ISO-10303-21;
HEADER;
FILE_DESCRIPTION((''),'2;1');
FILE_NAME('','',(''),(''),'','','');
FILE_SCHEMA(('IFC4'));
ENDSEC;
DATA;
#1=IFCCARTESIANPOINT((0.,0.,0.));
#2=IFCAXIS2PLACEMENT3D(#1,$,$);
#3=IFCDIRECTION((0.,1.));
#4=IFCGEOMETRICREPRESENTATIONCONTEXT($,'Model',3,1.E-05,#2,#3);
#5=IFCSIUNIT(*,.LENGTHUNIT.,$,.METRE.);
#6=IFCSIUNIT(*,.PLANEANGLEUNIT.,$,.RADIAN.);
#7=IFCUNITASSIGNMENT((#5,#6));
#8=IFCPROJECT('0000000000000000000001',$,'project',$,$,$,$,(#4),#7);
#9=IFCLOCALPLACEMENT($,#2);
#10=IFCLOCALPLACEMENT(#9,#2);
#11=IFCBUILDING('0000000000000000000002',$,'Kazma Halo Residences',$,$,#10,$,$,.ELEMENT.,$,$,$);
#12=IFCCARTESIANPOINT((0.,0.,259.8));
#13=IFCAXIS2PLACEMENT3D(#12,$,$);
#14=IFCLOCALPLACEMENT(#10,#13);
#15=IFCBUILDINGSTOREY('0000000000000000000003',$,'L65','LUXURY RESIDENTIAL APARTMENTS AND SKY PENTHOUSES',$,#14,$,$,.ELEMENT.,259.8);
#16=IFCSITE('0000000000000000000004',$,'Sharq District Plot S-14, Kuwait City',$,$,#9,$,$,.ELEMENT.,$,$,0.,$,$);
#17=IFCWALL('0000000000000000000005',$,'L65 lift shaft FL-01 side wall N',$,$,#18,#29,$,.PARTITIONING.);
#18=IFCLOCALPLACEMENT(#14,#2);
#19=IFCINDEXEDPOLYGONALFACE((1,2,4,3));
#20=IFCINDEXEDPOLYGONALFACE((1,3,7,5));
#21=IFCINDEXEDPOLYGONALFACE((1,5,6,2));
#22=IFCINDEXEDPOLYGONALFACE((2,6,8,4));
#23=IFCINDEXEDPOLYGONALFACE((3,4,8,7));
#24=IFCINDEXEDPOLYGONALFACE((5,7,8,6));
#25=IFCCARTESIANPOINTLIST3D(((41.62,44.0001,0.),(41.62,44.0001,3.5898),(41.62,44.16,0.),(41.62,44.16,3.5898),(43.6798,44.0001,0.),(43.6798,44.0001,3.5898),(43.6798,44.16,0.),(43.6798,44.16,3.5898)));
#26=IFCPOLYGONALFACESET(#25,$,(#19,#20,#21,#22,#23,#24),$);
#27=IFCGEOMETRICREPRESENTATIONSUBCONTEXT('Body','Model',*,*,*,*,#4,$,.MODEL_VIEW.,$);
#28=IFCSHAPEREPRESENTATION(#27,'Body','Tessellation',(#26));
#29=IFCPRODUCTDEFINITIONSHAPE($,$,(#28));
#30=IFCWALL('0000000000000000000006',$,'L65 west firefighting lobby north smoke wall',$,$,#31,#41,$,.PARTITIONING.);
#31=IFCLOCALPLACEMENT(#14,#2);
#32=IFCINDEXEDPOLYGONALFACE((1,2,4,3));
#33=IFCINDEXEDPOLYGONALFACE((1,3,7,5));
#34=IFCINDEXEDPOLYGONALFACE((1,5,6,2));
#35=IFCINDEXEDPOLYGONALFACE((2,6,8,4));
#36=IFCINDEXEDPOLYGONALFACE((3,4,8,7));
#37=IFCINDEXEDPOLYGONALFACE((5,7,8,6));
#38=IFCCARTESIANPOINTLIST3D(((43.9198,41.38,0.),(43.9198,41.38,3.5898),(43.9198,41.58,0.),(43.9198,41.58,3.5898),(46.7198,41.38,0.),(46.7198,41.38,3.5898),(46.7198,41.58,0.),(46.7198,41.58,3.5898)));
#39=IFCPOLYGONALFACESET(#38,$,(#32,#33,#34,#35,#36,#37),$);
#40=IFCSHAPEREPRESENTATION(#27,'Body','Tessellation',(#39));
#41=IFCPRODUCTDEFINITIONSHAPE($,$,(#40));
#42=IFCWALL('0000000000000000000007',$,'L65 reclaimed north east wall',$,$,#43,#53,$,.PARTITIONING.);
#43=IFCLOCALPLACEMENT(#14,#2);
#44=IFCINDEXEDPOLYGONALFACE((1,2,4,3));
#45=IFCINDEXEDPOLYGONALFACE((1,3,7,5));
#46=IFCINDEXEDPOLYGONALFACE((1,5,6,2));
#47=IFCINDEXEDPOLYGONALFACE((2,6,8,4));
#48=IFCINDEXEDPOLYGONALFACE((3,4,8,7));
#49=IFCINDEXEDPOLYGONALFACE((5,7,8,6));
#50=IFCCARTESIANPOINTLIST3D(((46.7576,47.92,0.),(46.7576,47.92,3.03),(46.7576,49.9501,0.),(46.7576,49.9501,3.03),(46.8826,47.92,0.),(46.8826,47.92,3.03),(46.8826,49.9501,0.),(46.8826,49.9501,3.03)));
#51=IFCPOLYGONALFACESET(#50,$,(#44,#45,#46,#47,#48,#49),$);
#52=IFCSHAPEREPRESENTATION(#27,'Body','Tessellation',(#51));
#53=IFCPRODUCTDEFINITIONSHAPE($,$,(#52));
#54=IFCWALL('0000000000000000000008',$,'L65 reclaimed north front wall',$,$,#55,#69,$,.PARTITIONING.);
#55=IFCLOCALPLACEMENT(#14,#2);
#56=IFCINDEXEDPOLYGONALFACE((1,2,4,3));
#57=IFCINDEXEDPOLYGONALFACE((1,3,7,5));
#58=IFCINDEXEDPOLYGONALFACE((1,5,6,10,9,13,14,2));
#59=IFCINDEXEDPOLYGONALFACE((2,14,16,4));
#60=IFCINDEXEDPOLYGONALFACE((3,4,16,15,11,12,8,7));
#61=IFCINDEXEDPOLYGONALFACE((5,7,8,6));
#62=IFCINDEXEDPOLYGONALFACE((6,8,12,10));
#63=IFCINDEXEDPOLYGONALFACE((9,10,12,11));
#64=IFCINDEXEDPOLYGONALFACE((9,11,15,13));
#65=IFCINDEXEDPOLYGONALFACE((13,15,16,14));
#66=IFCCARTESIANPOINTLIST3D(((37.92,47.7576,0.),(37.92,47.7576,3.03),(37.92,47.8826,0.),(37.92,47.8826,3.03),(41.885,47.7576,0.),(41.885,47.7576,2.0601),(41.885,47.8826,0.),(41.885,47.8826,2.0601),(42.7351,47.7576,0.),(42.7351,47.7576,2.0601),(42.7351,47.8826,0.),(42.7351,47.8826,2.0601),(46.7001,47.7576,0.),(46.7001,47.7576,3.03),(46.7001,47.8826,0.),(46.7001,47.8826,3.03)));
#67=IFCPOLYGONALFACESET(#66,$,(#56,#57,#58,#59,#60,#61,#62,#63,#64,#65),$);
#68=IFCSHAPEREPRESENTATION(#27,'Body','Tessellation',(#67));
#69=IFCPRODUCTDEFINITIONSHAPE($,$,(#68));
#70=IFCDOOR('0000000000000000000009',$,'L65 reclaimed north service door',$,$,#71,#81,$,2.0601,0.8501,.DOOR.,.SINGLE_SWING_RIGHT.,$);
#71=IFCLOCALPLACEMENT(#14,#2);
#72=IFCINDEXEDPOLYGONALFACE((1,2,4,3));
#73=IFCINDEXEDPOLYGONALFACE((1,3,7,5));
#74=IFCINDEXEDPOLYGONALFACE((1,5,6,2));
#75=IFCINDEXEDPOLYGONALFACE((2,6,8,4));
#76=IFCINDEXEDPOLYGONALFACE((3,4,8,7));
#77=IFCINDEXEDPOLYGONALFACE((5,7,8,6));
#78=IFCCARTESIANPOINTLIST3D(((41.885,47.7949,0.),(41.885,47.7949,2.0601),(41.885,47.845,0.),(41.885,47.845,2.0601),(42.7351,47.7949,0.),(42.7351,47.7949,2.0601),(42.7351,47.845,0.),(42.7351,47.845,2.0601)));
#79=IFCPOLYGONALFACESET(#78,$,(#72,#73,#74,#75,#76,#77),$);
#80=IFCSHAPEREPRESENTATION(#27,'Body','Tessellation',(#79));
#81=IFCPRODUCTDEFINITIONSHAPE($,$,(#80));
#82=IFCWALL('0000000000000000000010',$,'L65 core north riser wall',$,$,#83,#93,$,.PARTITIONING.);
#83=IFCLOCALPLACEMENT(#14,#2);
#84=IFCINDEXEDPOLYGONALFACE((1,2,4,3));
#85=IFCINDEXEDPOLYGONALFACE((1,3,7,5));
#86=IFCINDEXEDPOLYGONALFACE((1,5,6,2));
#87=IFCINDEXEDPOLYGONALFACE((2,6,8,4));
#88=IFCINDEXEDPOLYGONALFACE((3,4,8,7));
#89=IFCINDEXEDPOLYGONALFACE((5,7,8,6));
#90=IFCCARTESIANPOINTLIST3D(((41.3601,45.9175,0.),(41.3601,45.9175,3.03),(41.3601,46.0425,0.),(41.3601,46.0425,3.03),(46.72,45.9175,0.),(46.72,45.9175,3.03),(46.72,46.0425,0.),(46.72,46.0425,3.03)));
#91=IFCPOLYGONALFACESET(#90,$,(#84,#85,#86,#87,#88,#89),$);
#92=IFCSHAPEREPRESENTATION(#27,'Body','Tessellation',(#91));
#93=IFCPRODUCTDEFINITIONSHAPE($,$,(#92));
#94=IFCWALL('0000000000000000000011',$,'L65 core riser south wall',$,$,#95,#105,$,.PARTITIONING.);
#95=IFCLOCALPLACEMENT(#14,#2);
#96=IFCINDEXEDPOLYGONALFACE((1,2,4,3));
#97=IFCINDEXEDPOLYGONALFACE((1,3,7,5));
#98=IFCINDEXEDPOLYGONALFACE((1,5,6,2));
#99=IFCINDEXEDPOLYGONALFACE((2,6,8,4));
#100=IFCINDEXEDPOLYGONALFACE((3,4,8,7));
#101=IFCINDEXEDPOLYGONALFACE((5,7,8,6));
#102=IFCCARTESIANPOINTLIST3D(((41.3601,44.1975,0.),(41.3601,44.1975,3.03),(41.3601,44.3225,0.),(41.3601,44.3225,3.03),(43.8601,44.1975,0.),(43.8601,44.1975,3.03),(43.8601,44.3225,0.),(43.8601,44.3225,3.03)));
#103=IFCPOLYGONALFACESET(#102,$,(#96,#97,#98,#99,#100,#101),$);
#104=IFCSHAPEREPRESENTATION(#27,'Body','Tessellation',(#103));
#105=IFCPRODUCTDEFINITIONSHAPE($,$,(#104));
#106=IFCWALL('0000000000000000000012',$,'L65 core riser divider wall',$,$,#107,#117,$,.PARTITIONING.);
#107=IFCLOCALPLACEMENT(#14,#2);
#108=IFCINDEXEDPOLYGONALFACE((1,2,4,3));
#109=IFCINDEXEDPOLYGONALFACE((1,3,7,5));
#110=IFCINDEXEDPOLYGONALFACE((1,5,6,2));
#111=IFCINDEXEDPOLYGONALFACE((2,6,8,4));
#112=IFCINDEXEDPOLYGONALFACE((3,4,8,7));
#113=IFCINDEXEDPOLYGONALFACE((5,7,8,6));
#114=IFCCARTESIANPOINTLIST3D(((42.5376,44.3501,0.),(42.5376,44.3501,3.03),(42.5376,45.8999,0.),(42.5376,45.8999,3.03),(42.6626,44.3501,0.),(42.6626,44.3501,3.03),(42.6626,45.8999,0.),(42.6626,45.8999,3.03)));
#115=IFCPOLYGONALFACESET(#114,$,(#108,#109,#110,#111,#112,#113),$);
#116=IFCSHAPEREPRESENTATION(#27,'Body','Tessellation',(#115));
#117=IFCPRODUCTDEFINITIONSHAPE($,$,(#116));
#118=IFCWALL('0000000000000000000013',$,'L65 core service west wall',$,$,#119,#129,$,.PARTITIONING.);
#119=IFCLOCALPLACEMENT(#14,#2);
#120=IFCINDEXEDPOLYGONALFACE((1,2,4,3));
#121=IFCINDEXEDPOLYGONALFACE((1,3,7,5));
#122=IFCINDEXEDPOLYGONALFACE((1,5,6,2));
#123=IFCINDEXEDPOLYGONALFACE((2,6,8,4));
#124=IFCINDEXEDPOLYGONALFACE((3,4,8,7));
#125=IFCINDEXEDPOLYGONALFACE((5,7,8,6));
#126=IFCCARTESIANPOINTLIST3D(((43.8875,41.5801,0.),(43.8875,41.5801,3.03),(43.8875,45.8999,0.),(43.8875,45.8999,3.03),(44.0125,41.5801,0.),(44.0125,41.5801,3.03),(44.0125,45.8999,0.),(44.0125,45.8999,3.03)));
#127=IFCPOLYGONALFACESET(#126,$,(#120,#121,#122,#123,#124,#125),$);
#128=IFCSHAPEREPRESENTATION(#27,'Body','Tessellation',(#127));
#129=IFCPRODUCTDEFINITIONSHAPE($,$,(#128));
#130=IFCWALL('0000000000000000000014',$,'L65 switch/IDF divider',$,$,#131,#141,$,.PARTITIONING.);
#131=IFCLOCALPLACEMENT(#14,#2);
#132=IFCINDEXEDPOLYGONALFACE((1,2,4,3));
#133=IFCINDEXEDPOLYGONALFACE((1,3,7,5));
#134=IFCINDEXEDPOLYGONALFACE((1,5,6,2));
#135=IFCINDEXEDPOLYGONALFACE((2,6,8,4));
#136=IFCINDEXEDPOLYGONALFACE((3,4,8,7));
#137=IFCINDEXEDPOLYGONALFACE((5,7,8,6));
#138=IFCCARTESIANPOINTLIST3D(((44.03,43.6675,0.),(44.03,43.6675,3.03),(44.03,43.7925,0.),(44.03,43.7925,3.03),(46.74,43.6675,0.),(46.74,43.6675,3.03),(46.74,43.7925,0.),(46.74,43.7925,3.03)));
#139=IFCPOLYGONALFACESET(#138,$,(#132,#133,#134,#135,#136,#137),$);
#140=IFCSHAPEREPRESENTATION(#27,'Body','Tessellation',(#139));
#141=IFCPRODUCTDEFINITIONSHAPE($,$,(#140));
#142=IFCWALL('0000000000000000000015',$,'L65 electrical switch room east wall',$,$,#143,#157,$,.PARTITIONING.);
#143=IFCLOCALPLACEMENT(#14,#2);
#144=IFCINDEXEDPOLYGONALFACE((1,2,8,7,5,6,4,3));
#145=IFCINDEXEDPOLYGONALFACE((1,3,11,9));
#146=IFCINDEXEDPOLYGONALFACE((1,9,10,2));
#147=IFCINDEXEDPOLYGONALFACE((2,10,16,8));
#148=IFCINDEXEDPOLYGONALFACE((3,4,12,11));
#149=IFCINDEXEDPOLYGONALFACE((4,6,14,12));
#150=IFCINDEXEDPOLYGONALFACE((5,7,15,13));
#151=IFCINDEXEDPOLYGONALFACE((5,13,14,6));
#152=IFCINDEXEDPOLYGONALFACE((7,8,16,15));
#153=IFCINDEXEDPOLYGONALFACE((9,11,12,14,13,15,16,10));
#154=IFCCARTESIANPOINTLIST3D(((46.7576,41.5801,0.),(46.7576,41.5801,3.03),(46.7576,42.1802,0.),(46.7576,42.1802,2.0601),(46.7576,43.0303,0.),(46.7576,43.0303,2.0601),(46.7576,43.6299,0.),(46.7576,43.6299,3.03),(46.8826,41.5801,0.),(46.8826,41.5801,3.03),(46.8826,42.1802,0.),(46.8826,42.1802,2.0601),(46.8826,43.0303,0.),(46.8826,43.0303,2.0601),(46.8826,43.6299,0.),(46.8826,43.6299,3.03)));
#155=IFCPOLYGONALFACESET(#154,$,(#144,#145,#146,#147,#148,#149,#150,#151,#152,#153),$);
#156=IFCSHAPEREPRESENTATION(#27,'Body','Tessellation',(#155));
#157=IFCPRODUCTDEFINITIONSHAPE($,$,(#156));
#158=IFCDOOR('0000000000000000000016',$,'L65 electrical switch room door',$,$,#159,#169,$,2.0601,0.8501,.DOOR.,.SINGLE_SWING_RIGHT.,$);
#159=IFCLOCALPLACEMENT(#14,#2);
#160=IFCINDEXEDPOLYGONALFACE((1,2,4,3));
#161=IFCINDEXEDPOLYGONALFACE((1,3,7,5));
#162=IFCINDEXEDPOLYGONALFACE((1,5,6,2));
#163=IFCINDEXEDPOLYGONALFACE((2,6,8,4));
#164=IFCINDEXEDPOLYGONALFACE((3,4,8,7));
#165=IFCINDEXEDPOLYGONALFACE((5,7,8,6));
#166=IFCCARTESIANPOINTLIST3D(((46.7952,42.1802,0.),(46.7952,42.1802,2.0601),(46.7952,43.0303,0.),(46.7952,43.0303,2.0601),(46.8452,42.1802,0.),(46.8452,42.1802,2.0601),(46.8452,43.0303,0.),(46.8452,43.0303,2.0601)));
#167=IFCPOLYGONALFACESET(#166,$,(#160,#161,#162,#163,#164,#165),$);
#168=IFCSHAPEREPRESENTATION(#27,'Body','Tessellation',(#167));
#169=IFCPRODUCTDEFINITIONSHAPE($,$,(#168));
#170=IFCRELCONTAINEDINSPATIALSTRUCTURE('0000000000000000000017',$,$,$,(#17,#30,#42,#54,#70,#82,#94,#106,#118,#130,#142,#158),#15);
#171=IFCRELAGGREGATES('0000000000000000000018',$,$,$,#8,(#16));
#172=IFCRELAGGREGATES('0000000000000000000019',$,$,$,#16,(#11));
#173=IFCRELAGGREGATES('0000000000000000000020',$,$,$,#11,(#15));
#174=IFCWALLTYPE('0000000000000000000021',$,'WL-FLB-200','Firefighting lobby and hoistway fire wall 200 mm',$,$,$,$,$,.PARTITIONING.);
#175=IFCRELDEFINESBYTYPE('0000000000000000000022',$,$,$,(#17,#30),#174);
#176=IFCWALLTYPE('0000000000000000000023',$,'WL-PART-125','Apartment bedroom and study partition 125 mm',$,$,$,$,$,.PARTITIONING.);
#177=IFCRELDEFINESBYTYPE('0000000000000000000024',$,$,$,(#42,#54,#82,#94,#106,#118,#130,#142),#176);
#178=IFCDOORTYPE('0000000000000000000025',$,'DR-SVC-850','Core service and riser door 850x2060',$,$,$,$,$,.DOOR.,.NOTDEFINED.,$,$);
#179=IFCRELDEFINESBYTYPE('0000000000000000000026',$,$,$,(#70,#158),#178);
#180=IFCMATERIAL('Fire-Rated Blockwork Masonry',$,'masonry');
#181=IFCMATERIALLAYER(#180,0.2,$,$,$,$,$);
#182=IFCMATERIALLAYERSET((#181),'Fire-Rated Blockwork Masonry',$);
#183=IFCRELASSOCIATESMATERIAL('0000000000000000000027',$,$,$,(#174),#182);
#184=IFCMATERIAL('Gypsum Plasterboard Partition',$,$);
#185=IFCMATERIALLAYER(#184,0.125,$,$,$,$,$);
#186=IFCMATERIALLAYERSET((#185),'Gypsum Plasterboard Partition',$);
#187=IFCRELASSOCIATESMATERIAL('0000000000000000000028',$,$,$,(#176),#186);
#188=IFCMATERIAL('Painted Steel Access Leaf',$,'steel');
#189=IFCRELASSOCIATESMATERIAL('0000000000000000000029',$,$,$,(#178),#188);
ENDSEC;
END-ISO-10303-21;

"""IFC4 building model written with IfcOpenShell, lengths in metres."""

from ifc_helpers import new_model, si_unit, direction, frame, frame_2d, origin, place, context, subcontext, project, spatial, rectangle, extrude, material, layer, layer_set, type_object, element, fill, save


model = new_model("IFC4")

# Units and contexts
model_context = context("Model", 3, precision=1e-05, world=origin(), true_north=direction((0.0, 1.0)))
body_context = subcontext(model_context, "Body", "Model", "MODEL_VIEW")
ifc_project = project(units=[si_unit("LENGTHUNIT", "METRE"), si_unit("PLANEANGLEUNIT", "RADIAN")], contexts=[model_context])

# Site, building, storey
site_placement = place(None, origin())
site = spatial("IfcSite", under=ifc_project, at=site_placement, Name="Sharq District Plot S-14, Kuwait City", CompositionType="ELEMENT", RefElevation=0.0)
building_placement = place(site_placement, origin())
building = spatial("IfcBuilding", under=site, at=building_placement, Name="Kazma Halo Residences", CompositionType="ELEMENT")
storey_placement = place(building_placement, frame((0.0, 0.0, 259.8)))
storey = spatial("IfcBuildingStorey", under=building, at=storey_placement, Name="L65", Description="LUXURY RESIDENTIAL APARTMENTS AND SKY PENTHOUSES", CompositionType="ELEMENT", Elevation=259.8)

# Shared definitions
ifc_material_1 = material(Name="Fire-Rated Blockwork Masonry", Category="masonry")
ifc_layer_1 = layer(ifc_material_1, 0.2)
ifc_layer_set_1 = layer_set([ifc_layer_1], Name="Fire-Rated Blockwork Masonry")
wall_type_1 = type_object("IfcWallType", Name="WL-FLB-200", Description="Firefighting lobby and hoistway fire wall 200 mm", PredefinedType="PARTITIONING", material=ifc_layer_set_1)

# Walls
wall_1_placement = place(storey_placement, frame((41.6201, 44.0801, 0.0), z_axis=(0.0, 0.0, 1.0), x_axis=(1.0, 0.0, 0.0)))
element("IfcWall", 1, at=wall_1_placement, inside=storey, type_object=wall_type_1, Name="L65 lift shaft FL-01 side wall N", PredefinedType="PARTITIONING", context=body_context, shape_type="SweptSolid", body=[
    extrude(rectangle(XDim=2.0598, YDim=0.1599, at=frame_2d((1.0298, 0.0))), origin(), (0.0, 0.0, 1.0), 3.5898),
])
wall_2_placement = place(storey_placement, frame((43.9199, 41.48, 0.0), z_axis=(0.0, 0.0, 1.0), x_axis=(1.0, 0.0, 0.0)))
element("IfcWall", 2, at=wall_2_placement, inside=storey, type_object=wall_type_1, Name="L65 west firefighting lobby north smoke wall", PredefinedType="PARTITIONING", context=body_context, shape_type="SweptSolid", body=[
    extrude(rectangle(XDim=2.8, YDim=0.2, at=frame_2d((1.3999, 0.0))), origin(), (0.0, 0.0, 1.0), 3.5898),
])
ifc_material_2 = material(Name="Gypsum Plasterboard Partition")
ifc_layer_2 = layer(ifc_material_2, 0.125)
ifc_layer_set_2 = layer_set([ifc_layer_2], Name="Gypsum Plasterboard Partition")
wall_type_2 = type_object("IfcWallType", Name="WL-PART-125", Description="Apartment bedroom and study partition 125 mm", PredefinedType="PARTITIONING", material=ifc_layer_set_2)
wall_3_placement = place(storey_placement, frame((46.8201, 47.9199, 0.0), z_axis=(0.0, 0.0, 1.0), x_axis=(0.0, 1.0, 0.0)))
element("IfcWall", 3, at=wall_3_placement, inside=storey, type_object=wall_type_2, Name="L65 reclaimed north east wall", PredefinedType="PARTITIONING", context=body_context, shape_type="SweptSolid", body=[
    extrude(rectangle(XDim=2.03, YDim=0.125, at=frame_2d((1.0151, 0.0))), origin(), (0.0, 0.0, 1.0), 3.03),
])

# Wall, opening, door
wall_4_placement = place(storey_placement, frame((37.9199, 47.8201, 0.0), z_axis=(0.0, 0.0, 1.0), x_axis=(1.0, 0.0, 0.0)))
wall_4 = element("IfcWall", 4, at=wall_4_placement, inside=storey, type_object=wall_type_2, Name="L65 reclaimed north front wall", PredefinedType="PARTITIONING", context=body_context, shape_type="SweptSolid", body=[
    extrude(rectangle(XDim=8.78, YDim=0.125, at=frame_2d((4.3901, 0.0))), origin(), (0.0, 0.0, 1.0), 3.03),
])
opening_1_placement = place(wall_4_placement, frame((3.9651, 0.0, 0.0)))
opening_1 = element("IfcOpeningElement", 5, at=opening_1_placement, cuts=wall_4, PredefinedType="OPENING", context=body_context, shape_type="SweptSolid", body=[
    extrude(rectangle(XDim=0.8501, YDim=2.0601, at=frame_2d((0.425, 1.03))), frame((0.0, 0.0725, 0.0), z_axis=(0.0, -1.0, 0.0), x_axis=(1.0, 0.0, 0.0)), (0.0, 0.0, 1.0), 0.145),
])
ifc_material_3 = material(Name="Painted Steel Access Leaf", Category="steel")
door_type_1 = type_object("IfcDoorType", Name="DR-SVC-850", Description="Core service and riser door 850x2060", OperationType="NOTDEFINED", PredefinedType="DOOR", material=ifc_material_3)
door_1_placement = place(opening_1_placement, origin())
door_1 = element("IfcDoor", 6, at=door_1_placement, inside=storey, type_object=door_type_1, Name="L65 reclaimed north service door", OperationType="SINGLE_SWING_RIGHT", OverallHeight=2.0601, OverallWidth=0.8501, PredefinedType="DOOR", context=body_context, shape_type="SweptSolid", body=[
    extrude(rectangle(XDim=0.8501, YDim=2.0601, at=frame_2d((0.425, 1.03))), frame((0.0, 0.0249, 0.0), z_axis=(0.0, -1.0, 0.0), x_axis=(1.0, 0.0, 0.0)), (0.0, 0.0, 1.0), 0.05),
])
fill(opening_1, door_1)

# Walls
wall_5_placement = place(storey_placement, frame((41.3601, 45.98, 0.0), z_axis=(0.0, 0.0, 1.0), x_axis=(1.0, 0.0, 0.0)))
element("IfcWall", 7, at=wall_5_placement, inside=storey, type_object=wall_type_2, Name="L65 core north riser wall", PredefinedType="PARTITIONING", context=body_context, shape_type="SweptSolid", body=[
    extrude(rectangle(XDim=5.3599, YDim=0.125, at=frame_2d((2.6799, 0.0))), origin(), (0.0, 0.0, 1.0), 3.03),
])
wall_6_placement = place(storey_placement, frame((41.3601, 44.26, 0.0), z_axis=(0.0, 0.0, 1.0), x_axis=(1.0, 0.0, 0.0)))
element("IfcWall", 8, at=wall_6_placement, inside=storey, type_object=wall_type_2, Name="L65 core riser south wall", PredefinedType="PARTITIONING", context=body_context, shape_type="SweptSolid", body=[
    extrude(rectangle(XDim=2.5, YDim=0.125, at=frame_2d((1.25, 0.0))), origin(), (0.0, 0.0, 1.0), 3.03),
])
wall_7_placement = place(storey_placement, frame((42.6001, 44.3501, 0.0), z_axis=(0.0, 0.0, 1.0), x_axis=(0.0, 1.0, 0.0)))
element("IfcWall", 9, at=wall_7_placement, inside=storey, type_object=wall_type_2, Name="L65 core riser divider wall", PredefinedType="PARTITIONING", context=body_context, shape_type="SweptSolid", body=[
    extrude(rectangle(XDim=1.5498, YDim=0.125, at=frame_2d((0.7749, 0.0))), origin(), (0.0, 0.0, 1.0), 3.03),
])
wall_8_placement = place(storey_placement, frame((43.95, 41.5801, 0.0), z_axis=(0.0, 0.0, 1.0), x_axis=(0.0, 1.0, 0.0)))
element("IfcWall", 10, at=wall_8_placement, inside=storey, type_object=wall_type_2, Name="L65 core service west wall", PredefinedType="PARTITIONING", context=body_context, shape_type="SweptSolid", body=[
    extrude(rectangle(XDim=4.3198, YDim=0.125, at=frame_2d((2.1599, 0.0))), origin(), (0.0, 0.0, 1.0), 3.03),
])
wall_9_placement = place(storey_placement, frame((44.03, 43.73, 0.0), z_axis=(0.0, 0.0, 1.0), x_axis=(1.0, 0.0, 0.0)))
element("IfcWall", 11, at=wall_9_placement, inside=storey, type_object=wall_type_2, Name="L65 switch/IDF divider", PredefinedType="PARTITIONING", context=body_context, shape_type="SweptSolid", body=[
    extrude(rectangle(XDim=2.71, YDim=0.125, at=frame_2d((1.355, 0.0))), origin(), (0.0, 0.0, 1.0), 3.03),
])

# Wall, opening, door
wall_10_placement = place(storey_placement, frame((46.8201, 41.5801, 0.0), z_axis=(0.0, 0.0, 1.0), x_axis=(0.0, 1.0, 0.0)))
wall_10 = element("IfcWall", 12, at=wall_10_placement, inside=storey, type_object=wall_type_2, Name="L65 electrical switch room east wall", PredefinedType="PARTITIONING", context=body_context, shape_type="SweptSolid", body=[
    extrude(rectangle(XDim=2.0498, YDim=0.125, at=frame_2d((1.0249, 0.0))), origin(), (0.0, 0.0, 1.0), 3.03),
])
opening_2_placement = place(wall_10_placement, frame((0.6001, 0.0, 0.0)))
opening_2 = element("IfcOpeningElement", 13, at=opening_2_placement, cuts=wall_10, PredefinedType="OPENING", context=body_context, shape_type="SweptSolid", body=[
    extrude(rectangle(XDim=0.8501, YDim=2.0601, at=frame_2d((0.425, 1.03))), frame((0.0, 0.0725, 0.0), z_axis=(0.0, -1.0, 0.0), x_axis=(1.0, 0.0, 0.0)), (0.0, 0.0, 1.0), 0.145),
])
door_2_placement = place(opening_2_placement, origin())
door_2 = element("IfcDoor", 14, at=door_2_placement, inside=storey, type_object=door_type_1, Name="L65 electrical switch room door", OperationType="SINGLE_SWING_RIGHT", OverallHeight=2.0601, OverallWidth=0.8501, PredefinedType="DOOR", context=body_context, shape_type="SweptSolid", body=[
    extrude(rectangle(XDim=0.8501, YDim=2.0601, at=frame_2d((0.425, 1.03))), frame((0.0, 0.0249, 0.0), z_axis=(0.0, -1.0, 0.0), x_axis=(1.0, 0.0, 0.0)), (0.0, 0.0, 1.0), 0.05),
])
fill(opening_2, door_2)

save(model, "model.ifc")
